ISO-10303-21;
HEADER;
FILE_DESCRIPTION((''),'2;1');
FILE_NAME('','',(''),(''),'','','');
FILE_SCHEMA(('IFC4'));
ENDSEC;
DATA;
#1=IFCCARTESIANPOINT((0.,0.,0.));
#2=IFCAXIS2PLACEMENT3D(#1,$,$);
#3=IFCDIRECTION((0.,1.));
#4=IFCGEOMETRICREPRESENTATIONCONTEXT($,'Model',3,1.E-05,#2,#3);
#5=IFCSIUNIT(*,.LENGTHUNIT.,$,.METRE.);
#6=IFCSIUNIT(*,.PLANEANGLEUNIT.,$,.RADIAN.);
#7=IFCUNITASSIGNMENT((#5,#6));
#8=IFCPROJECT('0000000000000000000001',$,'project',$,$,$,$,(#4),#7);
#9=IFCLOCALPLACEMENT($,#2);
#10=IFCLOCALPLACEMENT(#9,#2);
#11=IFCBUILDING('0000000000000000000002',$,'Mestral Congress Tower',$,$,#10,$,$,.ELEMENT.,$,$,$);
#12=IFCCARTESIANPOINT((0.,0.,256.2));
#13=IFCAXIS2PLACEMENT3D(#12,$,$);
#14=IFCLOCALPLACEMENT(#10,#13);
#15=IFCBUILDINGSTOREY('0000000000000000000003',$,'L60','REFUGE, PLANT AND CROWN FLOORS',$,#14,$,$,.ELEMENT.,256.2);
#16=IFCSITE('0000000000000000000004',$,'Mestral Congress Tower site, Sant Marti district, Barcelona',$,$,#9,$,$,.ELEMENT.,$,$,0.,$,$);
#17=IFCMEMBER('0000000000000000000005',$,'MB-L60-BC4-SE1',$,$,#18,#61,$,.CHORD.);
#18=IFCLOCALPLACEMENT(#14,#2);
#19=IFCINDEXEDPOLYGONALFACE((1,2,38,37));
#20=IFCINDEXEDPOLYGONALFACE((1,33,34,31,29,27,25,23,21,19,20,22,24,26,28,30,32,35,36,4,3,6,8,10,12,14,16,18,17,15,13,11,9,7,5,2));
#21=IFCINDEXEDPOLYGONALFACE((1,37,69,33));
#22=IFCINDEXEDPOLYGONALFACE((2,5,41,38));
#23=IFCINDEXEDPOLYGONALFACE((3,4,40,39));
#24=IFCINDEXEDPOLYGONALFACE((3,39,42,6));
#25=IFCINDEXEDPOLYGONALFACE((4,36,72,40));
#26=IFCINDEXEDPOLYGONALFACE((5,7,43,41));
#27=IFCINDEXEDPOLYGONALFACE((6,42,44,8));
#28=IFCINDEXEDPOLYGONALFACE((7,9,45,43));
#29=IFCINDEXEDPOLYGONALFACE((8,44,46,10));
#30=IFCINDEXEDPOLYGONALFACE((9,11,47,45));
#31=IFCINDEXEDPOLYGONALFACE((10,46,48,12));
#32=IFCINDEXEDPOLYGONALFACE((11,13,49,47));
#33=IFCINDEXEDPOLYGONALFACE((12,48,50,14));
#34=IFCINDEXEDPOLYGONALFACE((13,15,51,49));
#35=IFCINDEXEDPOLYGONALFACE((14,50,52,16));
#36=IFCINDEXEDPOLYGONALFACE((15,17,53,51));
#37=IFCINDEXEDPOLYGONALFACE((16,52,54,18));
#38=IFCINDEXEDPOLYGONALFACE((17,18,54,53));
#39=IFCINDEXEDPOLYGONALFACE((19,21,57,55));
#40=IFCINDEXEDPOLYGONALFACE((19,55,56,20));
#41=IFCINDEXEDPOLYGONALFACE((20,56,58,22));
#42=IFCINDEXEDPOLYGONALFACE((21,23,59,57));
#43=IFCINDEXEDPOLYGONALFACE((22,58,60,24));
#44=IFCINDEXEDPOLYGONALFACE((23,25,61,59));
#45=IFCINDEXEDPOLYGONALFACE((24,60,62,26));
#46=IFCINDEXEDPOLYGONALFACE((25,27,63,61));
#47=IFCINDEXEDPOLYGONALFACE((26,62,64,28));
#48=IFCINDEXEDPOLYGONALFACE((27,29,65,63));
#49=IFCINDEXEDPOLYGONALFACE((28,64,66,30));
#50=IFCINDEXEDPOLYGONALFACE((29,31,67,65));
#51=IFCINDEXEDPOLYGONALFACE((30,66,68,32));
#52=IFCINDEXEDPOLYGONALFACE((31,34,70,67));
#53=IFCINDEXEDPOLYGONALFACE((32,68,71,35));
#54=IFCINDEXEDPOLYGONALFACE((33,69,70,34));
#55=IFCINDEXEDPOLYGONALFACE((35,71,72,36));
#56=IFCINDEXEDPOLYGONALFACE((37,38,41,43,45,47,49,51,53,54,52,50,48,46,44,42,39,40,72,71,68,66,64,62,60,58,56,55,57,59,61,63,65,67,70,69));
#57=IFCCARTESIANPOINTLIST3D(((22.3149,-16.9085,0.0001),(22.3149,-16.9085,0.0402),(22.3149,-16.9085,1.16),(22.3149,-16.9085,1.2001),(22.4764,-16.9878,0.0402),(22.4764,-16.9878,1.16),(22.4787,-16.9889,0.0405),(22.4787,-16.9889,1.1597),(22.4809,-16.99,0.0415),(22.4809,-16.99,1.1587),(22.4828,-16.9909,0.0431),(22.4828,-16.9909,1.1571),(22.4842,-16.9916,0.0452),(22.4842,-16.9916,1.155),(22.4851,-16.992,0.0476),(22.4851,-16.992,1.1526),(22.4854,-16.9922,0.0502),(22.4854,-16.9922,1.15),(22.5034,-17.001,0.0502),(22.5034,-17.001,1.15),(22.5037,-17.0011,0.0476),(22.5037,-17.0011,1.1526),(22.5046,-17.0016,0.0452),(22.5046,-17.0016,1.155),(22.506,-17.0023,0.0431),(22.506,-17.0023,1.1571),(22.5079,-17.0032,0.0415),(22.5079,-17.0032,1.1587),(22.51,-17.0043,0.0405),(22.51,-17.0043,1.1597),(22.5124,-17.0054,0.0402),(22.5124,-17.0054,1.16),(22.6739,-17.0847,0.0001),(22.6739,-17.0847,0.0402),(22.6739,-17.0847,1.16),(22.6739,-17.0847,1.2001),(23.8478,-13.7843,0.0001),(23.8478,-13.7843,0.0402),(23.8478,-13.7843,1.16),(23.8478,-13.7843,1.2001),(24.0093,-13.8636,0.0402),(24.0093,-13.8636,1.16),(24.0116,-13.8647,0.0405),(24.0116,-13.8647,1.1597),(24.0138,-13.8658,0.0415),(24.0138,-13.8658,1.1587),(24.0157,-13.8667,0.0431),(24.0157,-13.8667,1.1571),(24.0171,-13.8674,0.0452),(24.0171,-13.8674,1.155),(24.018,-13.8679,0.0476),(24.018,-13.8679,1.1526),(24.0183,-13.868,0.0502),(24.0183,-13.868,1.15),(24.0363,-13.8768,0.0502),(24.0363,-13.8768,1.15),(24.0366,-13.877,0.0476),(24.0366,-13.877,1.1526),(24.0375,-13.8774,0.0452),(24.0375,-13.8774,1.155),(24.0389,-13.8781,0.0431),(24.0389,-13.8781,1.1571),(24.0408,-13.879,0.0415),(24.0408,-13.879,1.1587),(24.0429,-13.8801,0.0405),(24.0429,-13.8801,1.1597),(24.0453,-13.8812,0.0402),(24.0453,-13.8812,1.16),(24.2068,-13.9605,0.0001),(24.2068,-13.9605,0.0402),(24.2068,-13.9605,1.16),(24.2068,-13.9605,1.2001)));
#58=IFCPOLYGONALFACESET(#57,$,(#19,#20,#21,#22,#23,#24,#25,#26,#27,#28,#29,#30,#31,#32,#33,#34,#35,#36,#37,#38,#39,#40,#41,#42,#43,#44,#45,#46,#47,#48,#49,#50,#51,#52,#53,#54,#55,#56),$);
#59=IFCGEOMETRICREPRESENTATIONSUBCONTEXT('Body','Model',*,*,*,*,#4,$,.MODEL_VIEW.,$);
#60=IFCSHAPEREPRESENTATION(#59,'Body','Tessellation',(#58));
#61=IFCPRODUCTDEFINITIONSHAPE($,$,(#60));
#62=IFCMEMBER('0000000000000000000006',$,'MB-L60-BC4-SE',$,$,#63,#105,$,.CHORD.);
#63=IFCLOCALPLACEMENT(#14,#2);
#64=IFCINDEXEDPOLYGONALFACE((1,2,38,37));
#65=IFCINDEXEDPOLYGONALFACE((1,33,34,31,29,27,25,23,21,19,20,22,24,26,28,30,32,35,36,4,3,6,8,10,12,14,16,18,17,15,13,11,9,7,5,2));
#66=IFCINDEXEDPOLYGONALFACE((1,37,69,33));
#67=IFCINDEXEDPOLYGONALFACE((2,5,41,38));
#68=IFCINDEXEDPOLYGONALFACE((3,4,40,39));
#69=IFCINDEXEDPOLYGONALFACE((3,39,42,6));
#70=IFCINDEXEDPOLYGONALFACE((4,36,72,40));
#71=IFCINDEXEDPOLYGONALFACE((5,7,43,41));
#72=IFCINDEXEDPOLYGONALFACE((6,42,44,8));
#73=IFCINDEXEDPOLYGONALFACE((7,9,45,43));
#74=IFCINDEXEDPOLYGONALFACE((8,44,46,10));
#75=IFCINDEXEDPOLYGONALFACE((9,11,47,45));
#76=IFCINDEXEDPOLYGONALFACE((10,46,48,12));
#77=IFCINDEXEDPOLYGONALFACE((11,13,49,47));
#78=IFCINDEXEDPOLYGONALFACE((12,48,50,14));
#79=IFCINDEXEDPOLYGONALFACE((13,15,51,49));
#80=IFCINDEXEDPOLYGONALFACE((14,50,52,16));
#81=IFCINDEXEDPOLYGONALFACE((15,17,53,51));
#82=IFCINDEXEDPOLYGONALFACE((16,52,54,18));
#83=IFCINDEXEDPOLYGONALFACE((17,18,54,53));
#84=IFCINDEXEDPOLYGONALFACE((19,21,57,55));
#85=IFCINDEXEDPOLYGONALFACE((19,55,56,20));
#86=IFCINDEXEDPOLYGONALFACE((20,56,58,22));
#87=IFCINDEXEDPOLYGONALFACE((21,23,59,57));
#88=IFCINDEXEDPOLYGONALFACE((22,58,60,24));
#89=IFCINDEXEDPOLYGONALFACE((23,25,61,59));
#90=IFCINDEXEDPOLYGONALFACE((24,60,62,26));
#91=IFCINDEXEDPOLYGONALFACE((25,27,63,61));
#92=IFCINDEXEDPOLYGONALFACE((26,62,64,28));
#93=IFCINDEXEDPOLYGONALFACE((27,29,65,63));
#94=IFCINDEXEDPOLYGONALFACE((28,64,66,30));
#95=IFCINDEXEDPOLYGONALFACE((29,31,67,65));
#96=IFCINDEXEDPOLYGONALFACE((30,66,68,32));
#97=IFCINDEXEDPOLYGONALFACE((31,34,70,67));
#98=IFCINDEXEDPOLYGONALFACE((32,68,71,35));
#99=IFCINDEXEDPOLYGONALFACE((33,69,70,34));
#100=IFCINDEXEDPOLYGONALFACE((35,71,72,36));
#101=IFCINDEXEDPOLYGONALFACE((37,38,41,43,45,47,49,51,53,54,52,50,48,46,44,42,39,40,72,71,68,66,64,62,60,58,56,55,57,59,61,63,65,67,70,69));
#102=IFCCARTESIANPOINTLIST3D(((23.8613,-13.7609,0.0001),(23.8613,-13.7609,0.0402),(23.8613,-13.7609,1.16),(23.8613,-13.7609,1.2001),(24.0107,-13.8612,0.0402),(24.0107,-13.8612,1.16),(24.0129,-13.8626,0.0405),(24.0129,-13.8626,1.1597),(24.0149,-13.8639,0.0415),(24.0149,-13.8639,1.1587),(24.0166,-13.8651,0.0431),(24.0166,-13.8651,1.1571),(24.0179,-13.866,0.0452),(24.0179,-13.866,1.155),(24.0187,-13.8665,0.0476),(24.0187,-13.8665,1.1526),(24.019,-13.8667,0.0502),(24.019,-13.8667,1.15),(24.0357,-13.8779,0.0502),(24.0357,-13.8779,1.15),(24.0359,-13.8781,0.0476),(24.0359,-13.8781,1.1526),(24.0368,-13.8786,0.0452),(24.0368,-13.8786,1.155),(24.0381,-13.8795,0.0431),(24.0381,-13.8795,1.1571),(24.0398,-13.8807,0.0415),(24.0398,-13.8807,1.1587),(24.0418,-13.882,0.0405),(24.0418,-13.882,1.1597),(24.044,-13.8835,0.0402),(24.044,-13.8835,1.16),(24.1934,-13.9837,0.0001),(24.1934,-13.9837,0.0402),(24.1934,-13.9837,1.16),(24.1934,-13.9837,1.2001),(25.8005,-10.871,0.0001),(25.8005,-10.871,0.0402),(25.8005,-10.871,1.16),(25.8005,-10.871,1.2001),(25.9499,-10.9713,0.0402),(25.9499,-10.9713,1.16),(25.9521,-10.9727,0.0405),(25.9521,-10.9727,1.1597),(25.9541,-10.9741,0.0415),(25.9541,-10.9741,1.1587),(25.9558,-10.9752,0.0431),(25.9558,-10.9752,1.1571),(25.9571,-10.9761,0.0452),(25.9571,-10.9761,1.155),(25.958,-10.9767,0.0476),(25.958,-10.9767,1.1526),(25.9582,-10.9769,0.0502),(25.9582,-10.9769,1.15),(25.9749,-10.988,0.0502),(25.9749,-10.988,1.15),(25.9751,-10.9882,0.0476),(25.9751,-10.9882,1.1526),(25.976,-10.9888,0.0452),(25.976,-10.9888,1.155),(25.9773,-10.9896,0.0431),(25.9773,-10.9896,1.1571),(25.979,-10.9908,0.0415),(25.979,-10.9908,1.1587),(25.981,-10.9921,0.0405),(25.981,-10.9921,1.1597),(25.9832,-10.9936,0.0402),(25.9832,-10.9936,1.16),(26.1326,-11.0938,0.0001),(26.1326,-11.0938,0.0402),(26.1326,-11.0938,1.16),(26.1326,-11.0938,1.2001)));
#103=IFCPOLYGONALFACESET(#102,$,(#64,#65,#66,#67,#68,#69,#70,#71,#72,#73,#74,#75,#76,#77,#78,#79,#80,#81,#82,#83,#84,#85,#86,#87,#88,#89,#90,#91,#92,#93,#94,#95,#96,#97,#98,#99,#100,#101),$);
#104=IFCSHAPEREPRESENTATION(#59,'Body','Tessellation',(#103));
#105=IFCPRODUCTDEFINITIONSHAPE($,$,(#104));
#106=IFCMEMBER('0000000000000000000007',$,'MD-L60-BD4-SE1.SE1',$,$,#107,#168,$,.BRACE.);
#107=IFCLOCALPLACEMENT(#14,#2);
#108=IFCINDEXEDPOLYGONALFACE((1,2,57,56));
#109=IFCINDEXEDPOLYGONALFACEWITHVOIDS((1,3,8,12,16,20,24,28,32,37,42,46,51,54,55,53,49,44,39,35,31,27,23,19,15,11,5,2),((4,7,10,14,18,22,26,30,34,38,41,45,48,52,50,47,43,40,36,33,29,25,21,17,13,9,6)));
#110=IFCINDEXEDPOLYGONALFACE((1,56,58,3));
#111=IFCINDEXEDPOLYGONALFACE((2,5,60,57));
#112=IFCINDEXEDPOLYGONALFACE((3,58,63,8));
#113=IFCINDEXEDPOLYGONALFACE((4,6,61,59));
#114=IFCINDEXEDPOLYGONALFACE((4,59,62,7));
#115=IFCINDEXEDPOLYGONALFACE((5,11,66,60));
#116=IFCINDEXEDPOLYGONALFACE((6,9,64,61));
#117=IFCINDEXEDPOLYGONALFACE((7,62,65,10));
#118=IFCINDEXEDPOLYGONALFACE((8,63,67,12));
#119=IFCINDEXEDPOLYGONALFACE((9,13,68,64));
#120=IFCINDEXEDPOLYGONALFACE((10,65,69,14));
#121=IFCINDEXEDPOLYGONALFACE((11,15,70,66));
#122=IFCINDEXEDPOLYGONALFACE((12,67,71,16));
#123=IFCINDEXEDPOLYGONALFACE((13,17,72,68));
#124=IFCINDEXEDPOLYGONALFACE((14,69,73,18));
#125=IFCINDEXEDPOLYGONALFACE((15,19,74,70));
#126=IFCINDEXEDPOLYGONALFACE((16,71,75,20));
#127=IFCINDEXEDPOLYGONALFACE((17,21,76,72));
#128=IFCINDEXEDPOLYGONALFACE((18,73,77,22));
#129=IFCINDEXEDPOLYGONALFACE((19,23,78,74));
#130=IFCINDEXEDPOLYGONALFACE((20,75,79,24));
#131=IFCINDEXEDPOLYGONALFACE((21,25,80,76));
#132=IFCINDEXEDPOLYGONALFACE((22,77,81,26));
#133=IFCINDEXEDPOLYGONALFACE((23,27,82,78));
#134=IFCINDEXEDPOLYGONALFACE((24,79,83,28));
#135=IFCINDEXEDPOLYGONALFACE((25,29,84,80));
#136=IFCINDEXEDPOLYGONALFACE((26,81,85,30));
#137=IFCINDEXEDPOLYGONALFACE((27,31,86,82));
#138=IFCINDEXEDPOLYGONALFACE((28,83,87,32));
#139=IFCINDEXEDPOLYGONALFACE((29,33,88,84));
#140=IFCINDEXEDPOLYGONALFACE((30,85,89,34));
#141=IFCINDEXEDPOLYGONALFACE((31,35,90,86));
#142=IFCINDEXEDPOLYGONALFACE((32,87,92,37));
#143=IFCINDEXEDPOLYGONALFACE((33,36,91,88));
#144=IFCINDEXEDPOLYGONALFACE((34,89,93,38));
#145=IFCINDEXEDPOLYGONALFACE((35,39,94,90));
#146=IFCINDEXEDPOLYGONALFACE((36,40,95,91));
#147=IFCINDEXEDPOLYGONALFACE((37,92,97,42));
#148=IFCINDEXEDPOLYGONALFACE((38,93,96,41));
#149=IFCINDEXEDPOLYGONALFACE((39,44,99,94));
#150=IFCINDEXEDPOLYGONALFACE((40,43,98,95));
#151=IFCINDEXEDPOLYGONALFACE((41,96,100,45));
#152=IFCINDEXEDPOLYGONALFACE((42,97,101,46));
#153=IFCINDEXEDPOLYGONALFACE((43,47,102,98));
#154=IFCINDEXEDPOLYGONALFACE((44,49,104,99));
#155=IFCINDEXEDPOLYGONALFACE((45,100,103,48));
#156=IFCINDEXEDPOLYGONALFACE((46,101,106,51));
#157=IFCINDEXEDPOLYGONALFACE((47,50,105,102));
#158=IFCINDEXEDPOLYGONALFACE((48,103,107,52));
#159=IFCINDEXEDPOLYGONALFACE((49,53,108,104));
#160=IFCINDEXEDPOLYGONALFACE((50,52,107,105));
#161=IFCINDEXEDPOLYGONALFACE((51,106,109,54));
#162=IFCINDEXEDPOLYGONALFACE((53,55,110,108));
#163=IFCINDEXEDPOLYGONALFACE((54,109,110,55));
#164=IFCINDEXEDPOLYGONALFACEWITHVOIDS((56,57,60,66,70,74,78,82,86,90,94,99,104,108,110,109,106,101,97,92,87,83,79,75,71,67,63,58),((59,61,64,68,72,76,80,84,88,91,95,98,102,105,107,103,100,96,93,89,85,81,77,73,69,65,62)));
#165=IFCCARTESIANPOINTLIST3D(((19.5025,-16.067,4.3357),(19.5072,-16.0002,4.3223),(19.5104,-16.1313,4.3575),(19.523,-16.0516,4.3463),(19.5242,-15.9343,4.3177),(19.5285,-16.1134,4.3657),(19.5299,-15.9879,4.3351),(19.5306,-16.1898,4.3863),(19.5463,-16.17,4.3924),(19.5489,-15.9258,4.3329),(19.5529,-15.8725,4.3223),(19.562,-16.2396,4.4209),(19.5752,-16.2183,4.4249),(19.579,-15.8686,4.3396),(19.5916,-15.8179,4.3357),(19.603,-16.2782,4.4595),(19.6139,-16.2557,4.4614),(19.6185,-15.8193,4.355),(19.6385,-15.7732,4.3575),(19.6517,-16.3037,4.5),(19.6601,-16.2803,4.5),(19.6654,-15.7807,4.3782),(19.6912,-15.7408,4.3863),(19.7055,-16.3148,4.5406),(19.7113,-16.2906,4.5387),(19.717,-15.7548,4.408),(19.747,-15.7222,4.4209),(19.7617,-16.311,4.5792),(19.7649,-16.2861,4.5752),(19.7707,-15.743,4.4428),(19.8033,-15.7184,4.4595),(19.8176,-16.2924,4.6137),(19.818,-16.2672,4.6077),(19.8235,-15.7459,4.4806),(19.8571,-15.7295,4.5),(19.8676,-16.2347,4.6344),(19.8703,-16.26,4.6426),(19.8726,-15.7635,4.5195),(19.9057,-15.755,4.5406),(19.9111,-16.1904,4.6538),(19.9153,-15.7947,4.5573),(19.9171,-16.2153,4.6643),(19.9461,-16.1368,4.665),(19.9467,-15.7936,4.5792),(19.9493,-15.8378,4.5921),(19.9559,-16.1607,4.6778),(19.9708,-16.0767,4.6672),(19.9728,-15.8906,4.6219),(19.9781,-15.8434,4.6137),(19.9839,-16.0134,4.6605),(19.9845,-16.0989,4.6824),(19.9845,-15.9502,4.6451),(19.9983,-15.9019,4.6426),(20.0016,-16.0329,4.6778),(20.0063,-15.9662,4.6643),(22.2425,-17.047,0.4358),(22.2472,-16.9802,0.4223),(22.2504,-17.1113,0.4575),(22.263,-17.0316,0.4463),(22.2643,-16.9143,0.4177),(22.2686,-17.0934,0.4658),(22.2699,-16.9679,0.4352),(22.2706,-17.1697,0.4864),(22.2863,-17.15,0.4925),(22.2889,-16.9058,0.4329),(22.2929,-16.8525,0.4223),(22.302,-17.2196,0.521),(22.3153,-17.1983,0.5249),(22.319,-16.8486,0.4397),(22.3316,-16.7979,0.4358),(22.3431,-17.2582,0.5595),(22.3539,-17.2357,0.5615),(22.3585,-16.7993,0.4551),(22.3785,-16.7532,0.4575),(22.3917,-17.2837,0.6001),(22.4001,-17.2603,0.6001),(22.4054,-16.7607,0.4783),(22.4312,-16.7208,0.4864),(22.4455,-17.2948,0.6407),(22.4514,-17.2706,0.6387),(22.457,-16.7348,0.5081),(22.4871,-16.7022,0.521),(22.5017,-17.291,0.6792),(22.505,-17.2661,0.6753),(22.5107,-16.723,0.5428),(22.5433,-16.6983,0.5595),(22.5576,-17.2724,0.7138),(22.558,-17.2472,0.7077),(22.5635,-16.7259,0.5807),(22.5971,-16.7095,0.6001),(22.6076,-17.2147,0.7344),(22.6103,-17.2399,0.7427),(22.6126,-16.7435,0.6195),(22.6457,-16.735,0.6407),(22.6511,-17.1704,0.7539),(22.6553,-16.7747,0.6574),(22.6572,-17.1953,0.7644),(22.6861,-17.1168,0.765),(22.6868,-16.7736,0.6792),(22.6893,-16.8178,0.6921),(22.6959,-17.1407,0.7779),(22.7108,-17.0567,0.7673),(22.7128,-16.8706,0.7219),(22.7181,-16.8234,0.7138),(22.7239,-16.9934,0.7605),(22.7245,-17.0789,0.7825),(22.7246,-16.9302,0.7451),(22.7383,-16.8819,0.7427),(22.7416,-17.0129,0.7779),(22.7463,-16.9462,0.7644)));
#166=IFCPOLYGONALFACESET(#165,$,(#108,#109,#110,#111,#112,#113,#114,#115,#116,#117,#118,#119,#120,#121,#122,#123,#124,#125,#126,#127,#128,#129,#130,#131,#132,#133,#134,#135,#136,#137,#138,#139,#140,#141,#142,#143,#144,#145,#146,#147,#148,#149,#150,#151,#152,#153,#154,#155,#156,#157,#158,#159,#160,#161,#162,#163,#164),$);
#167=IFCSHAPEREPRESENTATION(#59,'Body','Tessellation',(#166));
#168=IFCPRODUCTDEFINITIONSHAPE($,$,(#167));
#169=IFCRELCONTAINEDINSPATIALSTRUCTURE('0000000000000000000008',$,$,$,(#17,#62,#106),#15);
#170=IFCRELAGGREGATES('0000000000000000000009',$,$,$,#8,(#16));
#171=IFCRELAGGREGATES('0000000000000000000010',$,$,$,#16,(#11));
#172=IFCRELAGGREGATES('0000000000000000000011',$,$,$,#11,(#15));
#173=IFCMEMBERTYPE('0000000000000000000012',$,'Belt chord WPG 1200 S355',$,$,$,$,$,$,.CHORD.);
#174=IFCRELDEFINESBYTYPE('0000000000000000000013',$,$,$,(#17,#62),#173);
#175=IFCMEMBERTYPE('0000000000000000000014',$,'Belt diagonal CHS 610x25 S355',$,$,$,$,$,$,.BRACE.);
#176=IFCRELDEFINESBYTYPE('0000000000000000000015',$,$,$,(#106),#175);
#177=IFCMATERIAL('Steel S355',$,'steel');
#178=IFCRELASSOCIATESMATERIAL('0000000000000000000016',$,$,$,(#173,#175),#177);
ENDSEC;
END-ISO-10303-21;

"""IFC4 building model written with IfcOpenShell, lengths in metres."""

from ifc_helpers import new_model, si_unit, direction, frame, origin, origin_2d, place, context, subcontext, project, spatial, hollow_circle, i_section, extrude, material, material_profile, profile_set, type_object, element, save


model = new_model("IFC4")

# Units and contexts
model_context = context("Model", 3, precision=1e-05, world=origin(), true_north=direction((0.0, 1.0)))
body_context = subcontext(model_context, "Body", "Model", "MODEL_VIEW")
ifc_project = project(units=[si_unit("LENGTHUNIT", "METRE"), si_unit("PLANEANGLEUNIT", "RADIAN")], contexts=[model_context])

# Site, building, storey
site_placement = place(None, origin())
site = spatial("IfcSite", under=ifc_project, at=site_placement, Name="Mestral Congress Tower site, Sant Marti district, Barcelona", CompositionType="ELEMENT", RefElevation=0.0)
building_placement = place(site_placement, origin())
building = spatial("IfcBuilding", under=site, at=building_placement, Name="Mestral Congress Tower", CompositionType="ELEMENT")
storey_placement = place(building_placement, frame((0.0, 0.0, 256.2)))
storey = spatial("IfcBuildingStorey", under=building, at=storey_placement, Name="L60", Description="REFUGE, PLANT AND CROWN FLOORS", CompositionType="ELEMENT", Elevation=256.2)

# Members
ifc_material_1 = material(Name="Steel S355", Category="steel")
ifc_material_profile_1 = material_profile(ifc_material_1, i_section(OverallWidth=0.3999, OverallDepth=1.2, WebThickness=0.02, FlangeThickness=0.04, FilletRadius=0.01, at=origin_2d()), Name="WPG 1200")
ifc_profile_set_1 = profile_set([ifc_material_profile_1], Name="Steel S355")
member_type_1 = type_object("IfcMemberType", Name="Belt chord WPG 1200 S355", PredefinedType="CHORD", material=ifc_profile_set_1)
member_1_placement = place(storey_placement, frame((22.4944, -16.9966, 0.6001), z_axis=(0.440494, 0.897755, 0.0), x_axis=(-0.897755, 0.440494, 0.0)))
element("IfcMember", 1, at=member_1_placement, inside=storey, type_object=member_type_1, Name="MB-L60-BC4-SE1", PredefinedType="CHORD", context=body_context, shape_type="SweptSolid", body=[
    extrude(i_section(OverallWidth=0.3999, OverallDepth=1.2, WebThickness=0.02, FlangeThickness=0.04, FilletRadius=0.01, at=origin_2d()), origin(), (0.0, 0.0, 1.0), 3.48),
])
member_2_placement = place(storey_placement, frame((24.0273, -13.8723, 0.6001), z_axis=(0.557207, 0.830374, 0.0), x_axis=(-0.830374, 0.557207, 0.0)))
element("IfcMember", 2, at=member_2_placement, inside=storey, type_object=member_type_1, Name="MB-L60-BC4-SE", PredefinedType="CHORD", context=body_context, shape_type="SweptSolid", body=[
    extrude(i_section(OverallWidth=0.3999, OverallDepth=1.2, WebThickness=0.02, FlangeThickness=0.04, FilletRadius=0.01, at=origin_2d()), origin(), (0.0, 0.0, 1.0), 3.4802),
])
ifc_material_profile_2 = material_profile(ifc_material_1, hollow_circle(Radius=0.3049, WallThickness=0.0249, at=origin_2d()), Name="CHS 610x25")
ifc_profile_set_2 = profile_set([ifc_material_profile_2], Name="Steel S355")
member_type_2 = type_object("IfcMemberType", Name="Belt diagonal CHS 610x25 S355", PredefinedType="BRACE", material=ifc_profile_set_2)
member_3_placement = place(storey_placement, frame((22.4944, -16.9966, 0.6001), z_axis=(-0.563098, 0.201397, 0.801473), x_axis=(-0.336767, -0.941588, 0.0)))
element("IfcMember", 3, at=member_3_placement, inside=storey, type_object=member_type_2, Name="MD-L60-BD4-SE1.SE1", PredefinedType="BRACE", context=body_context, shape_type="SweptSolid", body=[
    extrude(hollow_circle(Radius=0.3049, WallThickness=0.0249, at=origin_2d()), origin(), (0.0, 0.0, 1.0), 4.866),
])

save(model, "model.ifc")
